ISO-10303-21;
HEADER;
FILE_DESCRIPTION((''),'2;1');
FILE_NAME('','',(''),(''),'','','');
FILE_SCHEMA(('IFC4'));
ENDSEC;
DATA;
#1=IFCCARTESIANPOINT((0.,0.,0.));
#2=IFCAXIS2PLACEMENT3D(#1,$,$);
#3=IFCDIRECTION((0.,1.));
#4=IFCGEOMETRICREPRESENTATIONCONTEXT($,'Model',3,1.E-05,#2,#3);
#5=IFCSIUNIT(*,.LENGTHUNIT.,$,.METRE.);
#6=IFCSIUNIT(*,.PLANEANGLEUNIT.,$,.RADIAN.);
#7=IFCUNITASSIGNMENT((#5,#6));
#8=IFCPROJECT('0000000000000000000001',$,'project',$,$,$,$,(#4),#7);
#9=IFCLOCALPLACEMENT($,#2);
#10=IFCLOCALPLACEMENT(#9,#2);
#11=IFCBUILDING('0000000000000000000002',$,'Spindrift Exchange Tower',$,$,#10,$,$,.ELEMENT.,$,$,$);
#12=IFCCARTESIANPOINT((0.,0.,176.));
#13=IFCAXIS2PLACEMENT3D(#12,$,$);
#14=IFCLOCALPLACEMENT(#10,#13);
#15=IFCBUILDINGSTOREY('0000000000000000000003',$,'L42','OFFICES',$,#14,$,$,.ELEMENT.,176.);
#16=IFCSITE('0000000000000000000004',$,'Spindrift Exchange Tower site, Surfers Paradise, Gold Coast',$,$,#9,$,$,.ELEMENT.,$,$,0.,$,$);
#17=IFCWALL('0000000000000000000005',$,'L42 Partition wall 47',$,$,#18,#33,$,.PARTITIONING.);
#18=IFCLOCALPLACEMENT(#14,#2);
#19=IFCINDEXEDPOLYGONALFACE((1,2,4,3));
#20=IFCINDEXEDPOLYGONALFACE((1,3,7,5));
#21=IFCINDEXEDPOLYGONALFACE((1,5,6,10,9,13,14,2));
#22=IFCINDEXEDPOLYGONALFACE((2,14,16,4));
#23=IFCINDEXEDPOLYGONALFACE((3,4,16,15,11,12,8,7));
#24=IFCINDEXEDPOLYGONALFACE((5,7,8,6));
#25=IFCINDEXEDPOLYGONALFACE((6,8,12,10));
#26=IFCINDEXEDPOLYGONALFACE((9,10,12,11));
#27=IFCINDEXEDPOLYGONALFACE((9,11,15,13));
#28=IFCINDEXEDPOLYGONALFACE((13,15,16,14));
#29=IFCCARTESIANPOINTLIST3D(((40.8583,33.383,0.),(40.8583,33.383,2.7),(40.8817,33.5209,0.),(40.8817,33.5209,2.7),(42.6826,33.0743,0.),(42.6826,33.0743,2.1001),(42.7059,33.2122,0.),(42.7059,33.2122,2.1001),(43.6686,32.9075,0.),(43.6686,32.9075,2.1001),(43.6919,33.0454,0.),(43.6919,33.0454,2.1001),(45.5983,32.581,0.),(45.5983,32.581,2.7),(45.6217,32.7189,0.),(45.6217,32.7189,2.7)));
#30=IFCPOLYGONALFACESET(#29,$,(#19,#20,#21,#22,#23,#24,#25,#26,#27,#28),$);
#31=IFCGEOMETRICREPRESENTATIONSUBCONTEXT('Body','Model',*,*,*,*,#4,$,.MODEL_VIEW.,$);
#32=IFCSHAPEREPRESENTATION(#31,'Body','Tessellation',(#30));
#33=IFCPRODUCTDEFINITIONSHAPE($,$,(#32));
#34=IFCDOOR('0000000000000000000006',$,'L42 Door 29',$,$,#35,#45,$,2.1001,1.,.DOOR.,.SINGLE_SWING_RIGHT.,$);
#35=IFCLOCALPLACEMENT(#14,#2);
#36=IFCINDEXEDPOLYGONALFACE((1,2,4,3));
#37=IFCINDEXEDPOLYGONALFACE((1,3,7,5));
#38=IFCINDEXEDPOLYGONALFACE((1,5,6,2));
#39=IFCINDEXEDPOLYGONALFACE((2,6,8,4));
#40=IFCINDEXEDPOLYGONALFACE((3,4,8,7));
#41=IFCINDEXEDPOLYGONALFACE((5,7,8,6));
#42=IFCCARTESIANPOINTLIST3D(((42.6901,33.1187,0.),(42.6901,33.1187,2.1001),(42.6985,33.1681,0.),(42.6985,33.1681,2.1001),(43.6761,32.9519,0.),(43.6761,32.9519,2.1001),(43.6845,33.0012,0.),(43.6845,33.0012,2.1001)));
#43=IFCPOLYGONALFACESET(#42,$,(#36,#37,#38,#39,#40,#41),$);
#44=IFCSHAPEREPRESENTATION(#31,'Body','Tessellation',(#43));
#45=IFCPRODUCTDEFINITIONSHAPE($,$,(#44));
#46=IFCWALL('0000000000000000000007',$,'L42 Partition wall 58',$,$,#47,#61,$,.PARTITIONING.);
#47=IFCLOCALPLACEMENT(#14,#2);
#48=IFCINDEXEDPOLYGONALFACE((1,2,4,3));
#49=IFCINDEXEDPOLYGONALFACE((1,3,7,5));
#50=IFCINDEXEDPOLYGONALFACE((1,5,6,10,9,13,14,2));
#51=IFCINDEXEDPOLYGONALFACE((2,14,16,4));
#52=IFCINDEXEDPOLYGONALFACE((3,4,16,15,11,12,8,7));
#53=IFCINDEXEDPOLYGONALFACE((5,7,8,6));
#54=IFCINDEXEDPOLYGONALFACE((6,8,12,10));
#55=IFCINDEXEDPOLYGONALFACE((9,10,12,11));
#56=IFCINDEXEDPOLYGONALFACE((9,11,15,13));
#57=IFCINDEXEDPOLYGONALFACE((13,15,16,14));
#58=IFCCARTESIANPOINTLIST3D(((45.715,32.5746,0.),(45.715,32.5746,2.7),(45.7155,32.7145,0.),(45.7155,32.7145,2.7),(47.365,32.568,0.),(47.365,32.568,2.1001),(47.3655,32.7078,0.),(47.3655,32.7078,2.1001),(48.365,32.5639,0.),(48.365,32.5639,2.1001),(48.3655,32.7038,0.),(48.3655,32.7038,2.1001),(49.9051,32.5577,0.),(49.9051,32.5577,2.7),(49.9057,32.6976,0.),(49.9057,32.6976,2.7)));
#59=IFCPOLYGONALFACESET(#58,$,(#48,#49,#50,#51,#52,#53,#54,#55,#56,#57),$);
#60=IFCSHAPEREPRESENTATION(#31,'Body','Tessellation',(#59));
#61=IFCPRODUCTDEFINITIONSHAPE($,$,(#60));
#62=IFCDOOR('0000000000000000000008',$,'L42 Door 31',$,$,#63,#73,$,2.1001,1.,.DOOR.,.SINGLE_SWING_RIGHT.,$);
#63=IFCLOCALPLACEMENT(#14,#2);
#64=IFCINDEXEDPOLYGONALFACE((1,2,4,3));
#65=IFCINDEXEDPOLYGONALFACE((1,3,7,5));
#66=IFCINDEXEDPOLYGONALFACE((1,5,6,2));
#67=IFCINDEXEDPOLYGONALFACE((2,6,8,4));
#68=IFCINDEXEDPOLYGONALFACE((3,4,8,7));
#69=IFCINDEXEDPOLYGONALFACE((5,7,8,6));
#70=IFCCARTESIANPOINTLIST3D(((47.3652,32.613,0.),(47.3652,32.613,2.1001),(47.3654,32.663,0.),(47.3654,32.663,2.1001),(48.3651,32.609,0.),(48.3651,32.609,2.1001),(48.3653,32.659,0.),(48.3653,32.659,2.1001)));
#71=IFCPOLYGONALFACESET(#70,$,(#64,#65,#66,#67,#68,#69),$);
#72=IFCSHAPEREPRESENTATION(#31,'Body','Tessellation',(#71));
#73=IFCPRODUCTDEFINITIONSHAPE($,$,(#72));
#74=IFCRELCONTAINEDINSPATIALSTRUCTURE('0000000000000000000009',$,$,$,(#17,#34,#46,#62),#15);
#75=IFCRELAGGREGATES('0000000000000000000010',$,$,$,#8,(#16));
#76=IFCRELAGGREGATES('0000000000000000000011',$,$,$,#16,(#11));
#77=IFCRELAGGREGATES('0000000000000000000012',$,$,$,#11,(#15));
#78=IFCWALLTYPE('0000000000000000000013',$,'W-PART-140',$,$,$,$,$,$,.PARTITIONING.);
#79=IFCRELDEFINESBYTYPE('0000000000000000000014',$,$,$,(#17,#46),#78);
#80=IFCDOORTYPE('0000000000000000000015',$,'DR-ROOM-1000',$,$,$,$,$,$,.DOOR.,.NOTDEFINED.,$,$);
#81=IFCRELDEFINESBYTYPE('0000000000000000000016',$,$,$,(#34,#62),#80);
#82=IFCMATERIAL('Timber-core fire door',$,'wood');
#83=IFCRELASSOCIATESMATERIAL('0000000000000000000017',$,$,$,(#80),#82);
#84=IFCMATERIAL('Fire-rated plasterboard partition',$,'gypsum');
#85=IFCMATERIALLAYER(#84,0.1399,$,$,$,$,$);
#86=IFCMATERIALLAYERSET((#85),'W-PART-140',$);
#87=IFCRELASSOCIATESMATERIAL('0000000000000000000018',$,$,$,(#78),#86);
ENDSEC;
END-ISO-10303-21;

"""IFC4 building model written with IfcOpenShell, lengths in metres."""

from ifc_helpers import new_model, si_unit, direction, frame, frame_2d, origin, place, context, subcontext, project, spatial, rectangle, extrude, source, transform, mapped, material, layer, layer_set, type_object, element, fill, save


model = new_model("IFC4")

# Units and contexts
model_context = context("Model", 3, precision=1e-05, world=origin(), true_north=direction((0.0, 1.0)))
body_context = subcontext(model_context, "Body", "Model", "MODEL_VIEW")
ifc_project = project(units=[si_unit("LENGTHUNIT", "METRE"), si_unit("PLANEANGLEUNIT", "RADIAN")], contexts=[model_context])

# Site, building, storey
site_placement = place(None, origin())
site = spatial("IfcSite", under=ifc_project, at=site_placement, Name="Spindrift Exchange Tower site, Surfers Paradise, Gold Coast", CompositionType="ELEMENT", RefElevation=0.0)
building_placement = place(site_placement, origin())
building = spatial("IfcBuilding", under=site, at=building_placement, Name="Spindrift Exchange Tower", CompositionType="ELEMENT")
storey_placement = place(building_placement, frame((0.0, 0.0, 176.0)))
storey = spatial("IfcBuildingStorey", under=building, at=storey_placement, Name="L42", Description="OFFICES", CompositionType="ELEMENT", Elevation=176.0)

# Shared definitions
ifc_material_1 = material(Name="Fire-rated plasterboard partition", Category="gypsum")
ifc_material_2 = material(Name="Timber-core fire door", Category="wood")
door_type_1 = type_object("IfcDoorType", Name="DR-ROOM-1000", OperationType="NOTDEFINED", PredefinedType="DOOR", material=ifc_material_2)
shared_shape_1 = source(origin(), body_context, "Body", "SweptSolid", [
    extrude(rectangle(XDim=1.0, YDim=2.1001, at=frame_2d((0.5, 1.05))), frame((0.0, 0.0249, 0.0), z_axis=(0.0, -1.0, 0.0), x_axis=(1.0, 0.0, 0.0)), (0.0, 0.0, 1.0), 0.05),
])

# Shared definitions
ifc_layer_1 = layer(ifc_material_1, 0.1399)
ifc_layer_set_1 = layer_set([ifc_layer_1], Name="W-PART-140")
wall_type_1 = type_object("IfcWallType", Name="W-PART-140", PredefinedType="PARTITIONING", material=ifc_layer_set_1)

# Walls, openings, doors
wall_1_placement = place(storey_placement, frame((45.6101, 32.6499, 0.0), z_axis=(0.0, 0.0, 1.0), x_axis=(-0.985986, 0.166828, 0.0)))
wall_1 = element("IfcWall", 1, at=wall_1_placement, inside=storey, type_object=wall_type_1, Name="L42 Partition wall 47", PredefinedType="PARTITIONING", context=body_context, shape_type="SweptSolid", body=[
    extrude(rectangle(XDim=4.8074, YDim=0.1399, at=frame_2d((2.4038, 0.0))), origin(), (0.0, 0.0, 1.0), 2.7),
])
opening_1_placement = place(wall_1_placement, frame((1.9573, 0.0, 0.0)))
opening_1 = element("IfcOpeningElement", 2, at=opening_1_placement, cuts=wall_1, PredefinedType="OPENING", context=body_context, shape_type="SweptSolid", body=[
    extrude(rectangle(XDim=1.0, YDim=2.1001, at=frame_2d((0.5, 1.05))), frame((0.0, 0.0798, 0.0), z_axis=(0.0, -1.0, 0.0), x_axis=(1.0, 0.0, 0.0)), (0.0, 0.0, 1.0), 0.1599),
])
door_1_placement = place(opening_1_placement, origin())
door_1 = element("IfcDoor", 3, at=door_1_placement, inside=storey, type_object=door_type_1, Name="L42 Door 29", OperationType="SINGLE_SWING_RIGHT", OverallHeight=2.1001, OverallWidth=1.0, PredefinedType="DOOR", context=body_context, shape_type="MappedRepresentation", body=[
    mapped(shared_shape_1, transform((0.0, 0.0, 0.0), scale=1.0)),
])
fill(opening_1, door_1)
wall_2_placement = place(storey_placement, frame((49.9055, 32.6277, 0.0), z_axis=(0.0, 0.0, 1.0), x_axis=(-0.999992, 0.00402, 0.0)))
wall_2 = element("IfcWall", 4, at=wall_2_placement, inside=storey, type_object=wall_type_1, Name="L42 Partition wall 58", PredefinedType="PARTITIONING", context=body_context, shape_type="SweptSolid", body=[
    extrude(rectangle(XDim=4.1902, YDim=0.1399, at=frame_2d((2.0952, 0.0))), origin(), (0.0, 0.0, 1.0), 2.7),
])
opening_2_placement = place(wall_2_placement, frame((1.5403, 0.0, 0.0)))
opening_2 = element("IfcOpeningElement", 5, at=opening_2_placement, cuts=wall_2, PredefinedType="OPENING", context=body_context, shape_type="SweptSolid", body=[
    extrude(rectangle(XDim=1.0, YDim=2.1001, at=frame_2d((0.5, 1.05))), frame((0.0, 0.0798, 0.0), z_axis=(0.0, -1.0, 0.0), x_axis=(1.0, 0.0, 0.0)), (0.0, 0.0, 1.0), 0.1599),
])
door_2_placement = place(opening_2_placement, origin())
door_2 = element("IfcDoor", 6, at=door_2_placement, inside=storey, type_object=door_type_1, Name="L42 Door 31", OperationType="SINGLE_SWING_RIGHT", OverallHeight=2.1001, OverallWidth=1.0, PredefinedType="DOOR", context=body_context, shape_type="MappedRepresentation", body=[
    mapped(shared_shape_1, transform((0.0, 0.0, 0.0), scale=1.0)),
])
fill(opening_2, door_2)

save(model, "model.ifc")
